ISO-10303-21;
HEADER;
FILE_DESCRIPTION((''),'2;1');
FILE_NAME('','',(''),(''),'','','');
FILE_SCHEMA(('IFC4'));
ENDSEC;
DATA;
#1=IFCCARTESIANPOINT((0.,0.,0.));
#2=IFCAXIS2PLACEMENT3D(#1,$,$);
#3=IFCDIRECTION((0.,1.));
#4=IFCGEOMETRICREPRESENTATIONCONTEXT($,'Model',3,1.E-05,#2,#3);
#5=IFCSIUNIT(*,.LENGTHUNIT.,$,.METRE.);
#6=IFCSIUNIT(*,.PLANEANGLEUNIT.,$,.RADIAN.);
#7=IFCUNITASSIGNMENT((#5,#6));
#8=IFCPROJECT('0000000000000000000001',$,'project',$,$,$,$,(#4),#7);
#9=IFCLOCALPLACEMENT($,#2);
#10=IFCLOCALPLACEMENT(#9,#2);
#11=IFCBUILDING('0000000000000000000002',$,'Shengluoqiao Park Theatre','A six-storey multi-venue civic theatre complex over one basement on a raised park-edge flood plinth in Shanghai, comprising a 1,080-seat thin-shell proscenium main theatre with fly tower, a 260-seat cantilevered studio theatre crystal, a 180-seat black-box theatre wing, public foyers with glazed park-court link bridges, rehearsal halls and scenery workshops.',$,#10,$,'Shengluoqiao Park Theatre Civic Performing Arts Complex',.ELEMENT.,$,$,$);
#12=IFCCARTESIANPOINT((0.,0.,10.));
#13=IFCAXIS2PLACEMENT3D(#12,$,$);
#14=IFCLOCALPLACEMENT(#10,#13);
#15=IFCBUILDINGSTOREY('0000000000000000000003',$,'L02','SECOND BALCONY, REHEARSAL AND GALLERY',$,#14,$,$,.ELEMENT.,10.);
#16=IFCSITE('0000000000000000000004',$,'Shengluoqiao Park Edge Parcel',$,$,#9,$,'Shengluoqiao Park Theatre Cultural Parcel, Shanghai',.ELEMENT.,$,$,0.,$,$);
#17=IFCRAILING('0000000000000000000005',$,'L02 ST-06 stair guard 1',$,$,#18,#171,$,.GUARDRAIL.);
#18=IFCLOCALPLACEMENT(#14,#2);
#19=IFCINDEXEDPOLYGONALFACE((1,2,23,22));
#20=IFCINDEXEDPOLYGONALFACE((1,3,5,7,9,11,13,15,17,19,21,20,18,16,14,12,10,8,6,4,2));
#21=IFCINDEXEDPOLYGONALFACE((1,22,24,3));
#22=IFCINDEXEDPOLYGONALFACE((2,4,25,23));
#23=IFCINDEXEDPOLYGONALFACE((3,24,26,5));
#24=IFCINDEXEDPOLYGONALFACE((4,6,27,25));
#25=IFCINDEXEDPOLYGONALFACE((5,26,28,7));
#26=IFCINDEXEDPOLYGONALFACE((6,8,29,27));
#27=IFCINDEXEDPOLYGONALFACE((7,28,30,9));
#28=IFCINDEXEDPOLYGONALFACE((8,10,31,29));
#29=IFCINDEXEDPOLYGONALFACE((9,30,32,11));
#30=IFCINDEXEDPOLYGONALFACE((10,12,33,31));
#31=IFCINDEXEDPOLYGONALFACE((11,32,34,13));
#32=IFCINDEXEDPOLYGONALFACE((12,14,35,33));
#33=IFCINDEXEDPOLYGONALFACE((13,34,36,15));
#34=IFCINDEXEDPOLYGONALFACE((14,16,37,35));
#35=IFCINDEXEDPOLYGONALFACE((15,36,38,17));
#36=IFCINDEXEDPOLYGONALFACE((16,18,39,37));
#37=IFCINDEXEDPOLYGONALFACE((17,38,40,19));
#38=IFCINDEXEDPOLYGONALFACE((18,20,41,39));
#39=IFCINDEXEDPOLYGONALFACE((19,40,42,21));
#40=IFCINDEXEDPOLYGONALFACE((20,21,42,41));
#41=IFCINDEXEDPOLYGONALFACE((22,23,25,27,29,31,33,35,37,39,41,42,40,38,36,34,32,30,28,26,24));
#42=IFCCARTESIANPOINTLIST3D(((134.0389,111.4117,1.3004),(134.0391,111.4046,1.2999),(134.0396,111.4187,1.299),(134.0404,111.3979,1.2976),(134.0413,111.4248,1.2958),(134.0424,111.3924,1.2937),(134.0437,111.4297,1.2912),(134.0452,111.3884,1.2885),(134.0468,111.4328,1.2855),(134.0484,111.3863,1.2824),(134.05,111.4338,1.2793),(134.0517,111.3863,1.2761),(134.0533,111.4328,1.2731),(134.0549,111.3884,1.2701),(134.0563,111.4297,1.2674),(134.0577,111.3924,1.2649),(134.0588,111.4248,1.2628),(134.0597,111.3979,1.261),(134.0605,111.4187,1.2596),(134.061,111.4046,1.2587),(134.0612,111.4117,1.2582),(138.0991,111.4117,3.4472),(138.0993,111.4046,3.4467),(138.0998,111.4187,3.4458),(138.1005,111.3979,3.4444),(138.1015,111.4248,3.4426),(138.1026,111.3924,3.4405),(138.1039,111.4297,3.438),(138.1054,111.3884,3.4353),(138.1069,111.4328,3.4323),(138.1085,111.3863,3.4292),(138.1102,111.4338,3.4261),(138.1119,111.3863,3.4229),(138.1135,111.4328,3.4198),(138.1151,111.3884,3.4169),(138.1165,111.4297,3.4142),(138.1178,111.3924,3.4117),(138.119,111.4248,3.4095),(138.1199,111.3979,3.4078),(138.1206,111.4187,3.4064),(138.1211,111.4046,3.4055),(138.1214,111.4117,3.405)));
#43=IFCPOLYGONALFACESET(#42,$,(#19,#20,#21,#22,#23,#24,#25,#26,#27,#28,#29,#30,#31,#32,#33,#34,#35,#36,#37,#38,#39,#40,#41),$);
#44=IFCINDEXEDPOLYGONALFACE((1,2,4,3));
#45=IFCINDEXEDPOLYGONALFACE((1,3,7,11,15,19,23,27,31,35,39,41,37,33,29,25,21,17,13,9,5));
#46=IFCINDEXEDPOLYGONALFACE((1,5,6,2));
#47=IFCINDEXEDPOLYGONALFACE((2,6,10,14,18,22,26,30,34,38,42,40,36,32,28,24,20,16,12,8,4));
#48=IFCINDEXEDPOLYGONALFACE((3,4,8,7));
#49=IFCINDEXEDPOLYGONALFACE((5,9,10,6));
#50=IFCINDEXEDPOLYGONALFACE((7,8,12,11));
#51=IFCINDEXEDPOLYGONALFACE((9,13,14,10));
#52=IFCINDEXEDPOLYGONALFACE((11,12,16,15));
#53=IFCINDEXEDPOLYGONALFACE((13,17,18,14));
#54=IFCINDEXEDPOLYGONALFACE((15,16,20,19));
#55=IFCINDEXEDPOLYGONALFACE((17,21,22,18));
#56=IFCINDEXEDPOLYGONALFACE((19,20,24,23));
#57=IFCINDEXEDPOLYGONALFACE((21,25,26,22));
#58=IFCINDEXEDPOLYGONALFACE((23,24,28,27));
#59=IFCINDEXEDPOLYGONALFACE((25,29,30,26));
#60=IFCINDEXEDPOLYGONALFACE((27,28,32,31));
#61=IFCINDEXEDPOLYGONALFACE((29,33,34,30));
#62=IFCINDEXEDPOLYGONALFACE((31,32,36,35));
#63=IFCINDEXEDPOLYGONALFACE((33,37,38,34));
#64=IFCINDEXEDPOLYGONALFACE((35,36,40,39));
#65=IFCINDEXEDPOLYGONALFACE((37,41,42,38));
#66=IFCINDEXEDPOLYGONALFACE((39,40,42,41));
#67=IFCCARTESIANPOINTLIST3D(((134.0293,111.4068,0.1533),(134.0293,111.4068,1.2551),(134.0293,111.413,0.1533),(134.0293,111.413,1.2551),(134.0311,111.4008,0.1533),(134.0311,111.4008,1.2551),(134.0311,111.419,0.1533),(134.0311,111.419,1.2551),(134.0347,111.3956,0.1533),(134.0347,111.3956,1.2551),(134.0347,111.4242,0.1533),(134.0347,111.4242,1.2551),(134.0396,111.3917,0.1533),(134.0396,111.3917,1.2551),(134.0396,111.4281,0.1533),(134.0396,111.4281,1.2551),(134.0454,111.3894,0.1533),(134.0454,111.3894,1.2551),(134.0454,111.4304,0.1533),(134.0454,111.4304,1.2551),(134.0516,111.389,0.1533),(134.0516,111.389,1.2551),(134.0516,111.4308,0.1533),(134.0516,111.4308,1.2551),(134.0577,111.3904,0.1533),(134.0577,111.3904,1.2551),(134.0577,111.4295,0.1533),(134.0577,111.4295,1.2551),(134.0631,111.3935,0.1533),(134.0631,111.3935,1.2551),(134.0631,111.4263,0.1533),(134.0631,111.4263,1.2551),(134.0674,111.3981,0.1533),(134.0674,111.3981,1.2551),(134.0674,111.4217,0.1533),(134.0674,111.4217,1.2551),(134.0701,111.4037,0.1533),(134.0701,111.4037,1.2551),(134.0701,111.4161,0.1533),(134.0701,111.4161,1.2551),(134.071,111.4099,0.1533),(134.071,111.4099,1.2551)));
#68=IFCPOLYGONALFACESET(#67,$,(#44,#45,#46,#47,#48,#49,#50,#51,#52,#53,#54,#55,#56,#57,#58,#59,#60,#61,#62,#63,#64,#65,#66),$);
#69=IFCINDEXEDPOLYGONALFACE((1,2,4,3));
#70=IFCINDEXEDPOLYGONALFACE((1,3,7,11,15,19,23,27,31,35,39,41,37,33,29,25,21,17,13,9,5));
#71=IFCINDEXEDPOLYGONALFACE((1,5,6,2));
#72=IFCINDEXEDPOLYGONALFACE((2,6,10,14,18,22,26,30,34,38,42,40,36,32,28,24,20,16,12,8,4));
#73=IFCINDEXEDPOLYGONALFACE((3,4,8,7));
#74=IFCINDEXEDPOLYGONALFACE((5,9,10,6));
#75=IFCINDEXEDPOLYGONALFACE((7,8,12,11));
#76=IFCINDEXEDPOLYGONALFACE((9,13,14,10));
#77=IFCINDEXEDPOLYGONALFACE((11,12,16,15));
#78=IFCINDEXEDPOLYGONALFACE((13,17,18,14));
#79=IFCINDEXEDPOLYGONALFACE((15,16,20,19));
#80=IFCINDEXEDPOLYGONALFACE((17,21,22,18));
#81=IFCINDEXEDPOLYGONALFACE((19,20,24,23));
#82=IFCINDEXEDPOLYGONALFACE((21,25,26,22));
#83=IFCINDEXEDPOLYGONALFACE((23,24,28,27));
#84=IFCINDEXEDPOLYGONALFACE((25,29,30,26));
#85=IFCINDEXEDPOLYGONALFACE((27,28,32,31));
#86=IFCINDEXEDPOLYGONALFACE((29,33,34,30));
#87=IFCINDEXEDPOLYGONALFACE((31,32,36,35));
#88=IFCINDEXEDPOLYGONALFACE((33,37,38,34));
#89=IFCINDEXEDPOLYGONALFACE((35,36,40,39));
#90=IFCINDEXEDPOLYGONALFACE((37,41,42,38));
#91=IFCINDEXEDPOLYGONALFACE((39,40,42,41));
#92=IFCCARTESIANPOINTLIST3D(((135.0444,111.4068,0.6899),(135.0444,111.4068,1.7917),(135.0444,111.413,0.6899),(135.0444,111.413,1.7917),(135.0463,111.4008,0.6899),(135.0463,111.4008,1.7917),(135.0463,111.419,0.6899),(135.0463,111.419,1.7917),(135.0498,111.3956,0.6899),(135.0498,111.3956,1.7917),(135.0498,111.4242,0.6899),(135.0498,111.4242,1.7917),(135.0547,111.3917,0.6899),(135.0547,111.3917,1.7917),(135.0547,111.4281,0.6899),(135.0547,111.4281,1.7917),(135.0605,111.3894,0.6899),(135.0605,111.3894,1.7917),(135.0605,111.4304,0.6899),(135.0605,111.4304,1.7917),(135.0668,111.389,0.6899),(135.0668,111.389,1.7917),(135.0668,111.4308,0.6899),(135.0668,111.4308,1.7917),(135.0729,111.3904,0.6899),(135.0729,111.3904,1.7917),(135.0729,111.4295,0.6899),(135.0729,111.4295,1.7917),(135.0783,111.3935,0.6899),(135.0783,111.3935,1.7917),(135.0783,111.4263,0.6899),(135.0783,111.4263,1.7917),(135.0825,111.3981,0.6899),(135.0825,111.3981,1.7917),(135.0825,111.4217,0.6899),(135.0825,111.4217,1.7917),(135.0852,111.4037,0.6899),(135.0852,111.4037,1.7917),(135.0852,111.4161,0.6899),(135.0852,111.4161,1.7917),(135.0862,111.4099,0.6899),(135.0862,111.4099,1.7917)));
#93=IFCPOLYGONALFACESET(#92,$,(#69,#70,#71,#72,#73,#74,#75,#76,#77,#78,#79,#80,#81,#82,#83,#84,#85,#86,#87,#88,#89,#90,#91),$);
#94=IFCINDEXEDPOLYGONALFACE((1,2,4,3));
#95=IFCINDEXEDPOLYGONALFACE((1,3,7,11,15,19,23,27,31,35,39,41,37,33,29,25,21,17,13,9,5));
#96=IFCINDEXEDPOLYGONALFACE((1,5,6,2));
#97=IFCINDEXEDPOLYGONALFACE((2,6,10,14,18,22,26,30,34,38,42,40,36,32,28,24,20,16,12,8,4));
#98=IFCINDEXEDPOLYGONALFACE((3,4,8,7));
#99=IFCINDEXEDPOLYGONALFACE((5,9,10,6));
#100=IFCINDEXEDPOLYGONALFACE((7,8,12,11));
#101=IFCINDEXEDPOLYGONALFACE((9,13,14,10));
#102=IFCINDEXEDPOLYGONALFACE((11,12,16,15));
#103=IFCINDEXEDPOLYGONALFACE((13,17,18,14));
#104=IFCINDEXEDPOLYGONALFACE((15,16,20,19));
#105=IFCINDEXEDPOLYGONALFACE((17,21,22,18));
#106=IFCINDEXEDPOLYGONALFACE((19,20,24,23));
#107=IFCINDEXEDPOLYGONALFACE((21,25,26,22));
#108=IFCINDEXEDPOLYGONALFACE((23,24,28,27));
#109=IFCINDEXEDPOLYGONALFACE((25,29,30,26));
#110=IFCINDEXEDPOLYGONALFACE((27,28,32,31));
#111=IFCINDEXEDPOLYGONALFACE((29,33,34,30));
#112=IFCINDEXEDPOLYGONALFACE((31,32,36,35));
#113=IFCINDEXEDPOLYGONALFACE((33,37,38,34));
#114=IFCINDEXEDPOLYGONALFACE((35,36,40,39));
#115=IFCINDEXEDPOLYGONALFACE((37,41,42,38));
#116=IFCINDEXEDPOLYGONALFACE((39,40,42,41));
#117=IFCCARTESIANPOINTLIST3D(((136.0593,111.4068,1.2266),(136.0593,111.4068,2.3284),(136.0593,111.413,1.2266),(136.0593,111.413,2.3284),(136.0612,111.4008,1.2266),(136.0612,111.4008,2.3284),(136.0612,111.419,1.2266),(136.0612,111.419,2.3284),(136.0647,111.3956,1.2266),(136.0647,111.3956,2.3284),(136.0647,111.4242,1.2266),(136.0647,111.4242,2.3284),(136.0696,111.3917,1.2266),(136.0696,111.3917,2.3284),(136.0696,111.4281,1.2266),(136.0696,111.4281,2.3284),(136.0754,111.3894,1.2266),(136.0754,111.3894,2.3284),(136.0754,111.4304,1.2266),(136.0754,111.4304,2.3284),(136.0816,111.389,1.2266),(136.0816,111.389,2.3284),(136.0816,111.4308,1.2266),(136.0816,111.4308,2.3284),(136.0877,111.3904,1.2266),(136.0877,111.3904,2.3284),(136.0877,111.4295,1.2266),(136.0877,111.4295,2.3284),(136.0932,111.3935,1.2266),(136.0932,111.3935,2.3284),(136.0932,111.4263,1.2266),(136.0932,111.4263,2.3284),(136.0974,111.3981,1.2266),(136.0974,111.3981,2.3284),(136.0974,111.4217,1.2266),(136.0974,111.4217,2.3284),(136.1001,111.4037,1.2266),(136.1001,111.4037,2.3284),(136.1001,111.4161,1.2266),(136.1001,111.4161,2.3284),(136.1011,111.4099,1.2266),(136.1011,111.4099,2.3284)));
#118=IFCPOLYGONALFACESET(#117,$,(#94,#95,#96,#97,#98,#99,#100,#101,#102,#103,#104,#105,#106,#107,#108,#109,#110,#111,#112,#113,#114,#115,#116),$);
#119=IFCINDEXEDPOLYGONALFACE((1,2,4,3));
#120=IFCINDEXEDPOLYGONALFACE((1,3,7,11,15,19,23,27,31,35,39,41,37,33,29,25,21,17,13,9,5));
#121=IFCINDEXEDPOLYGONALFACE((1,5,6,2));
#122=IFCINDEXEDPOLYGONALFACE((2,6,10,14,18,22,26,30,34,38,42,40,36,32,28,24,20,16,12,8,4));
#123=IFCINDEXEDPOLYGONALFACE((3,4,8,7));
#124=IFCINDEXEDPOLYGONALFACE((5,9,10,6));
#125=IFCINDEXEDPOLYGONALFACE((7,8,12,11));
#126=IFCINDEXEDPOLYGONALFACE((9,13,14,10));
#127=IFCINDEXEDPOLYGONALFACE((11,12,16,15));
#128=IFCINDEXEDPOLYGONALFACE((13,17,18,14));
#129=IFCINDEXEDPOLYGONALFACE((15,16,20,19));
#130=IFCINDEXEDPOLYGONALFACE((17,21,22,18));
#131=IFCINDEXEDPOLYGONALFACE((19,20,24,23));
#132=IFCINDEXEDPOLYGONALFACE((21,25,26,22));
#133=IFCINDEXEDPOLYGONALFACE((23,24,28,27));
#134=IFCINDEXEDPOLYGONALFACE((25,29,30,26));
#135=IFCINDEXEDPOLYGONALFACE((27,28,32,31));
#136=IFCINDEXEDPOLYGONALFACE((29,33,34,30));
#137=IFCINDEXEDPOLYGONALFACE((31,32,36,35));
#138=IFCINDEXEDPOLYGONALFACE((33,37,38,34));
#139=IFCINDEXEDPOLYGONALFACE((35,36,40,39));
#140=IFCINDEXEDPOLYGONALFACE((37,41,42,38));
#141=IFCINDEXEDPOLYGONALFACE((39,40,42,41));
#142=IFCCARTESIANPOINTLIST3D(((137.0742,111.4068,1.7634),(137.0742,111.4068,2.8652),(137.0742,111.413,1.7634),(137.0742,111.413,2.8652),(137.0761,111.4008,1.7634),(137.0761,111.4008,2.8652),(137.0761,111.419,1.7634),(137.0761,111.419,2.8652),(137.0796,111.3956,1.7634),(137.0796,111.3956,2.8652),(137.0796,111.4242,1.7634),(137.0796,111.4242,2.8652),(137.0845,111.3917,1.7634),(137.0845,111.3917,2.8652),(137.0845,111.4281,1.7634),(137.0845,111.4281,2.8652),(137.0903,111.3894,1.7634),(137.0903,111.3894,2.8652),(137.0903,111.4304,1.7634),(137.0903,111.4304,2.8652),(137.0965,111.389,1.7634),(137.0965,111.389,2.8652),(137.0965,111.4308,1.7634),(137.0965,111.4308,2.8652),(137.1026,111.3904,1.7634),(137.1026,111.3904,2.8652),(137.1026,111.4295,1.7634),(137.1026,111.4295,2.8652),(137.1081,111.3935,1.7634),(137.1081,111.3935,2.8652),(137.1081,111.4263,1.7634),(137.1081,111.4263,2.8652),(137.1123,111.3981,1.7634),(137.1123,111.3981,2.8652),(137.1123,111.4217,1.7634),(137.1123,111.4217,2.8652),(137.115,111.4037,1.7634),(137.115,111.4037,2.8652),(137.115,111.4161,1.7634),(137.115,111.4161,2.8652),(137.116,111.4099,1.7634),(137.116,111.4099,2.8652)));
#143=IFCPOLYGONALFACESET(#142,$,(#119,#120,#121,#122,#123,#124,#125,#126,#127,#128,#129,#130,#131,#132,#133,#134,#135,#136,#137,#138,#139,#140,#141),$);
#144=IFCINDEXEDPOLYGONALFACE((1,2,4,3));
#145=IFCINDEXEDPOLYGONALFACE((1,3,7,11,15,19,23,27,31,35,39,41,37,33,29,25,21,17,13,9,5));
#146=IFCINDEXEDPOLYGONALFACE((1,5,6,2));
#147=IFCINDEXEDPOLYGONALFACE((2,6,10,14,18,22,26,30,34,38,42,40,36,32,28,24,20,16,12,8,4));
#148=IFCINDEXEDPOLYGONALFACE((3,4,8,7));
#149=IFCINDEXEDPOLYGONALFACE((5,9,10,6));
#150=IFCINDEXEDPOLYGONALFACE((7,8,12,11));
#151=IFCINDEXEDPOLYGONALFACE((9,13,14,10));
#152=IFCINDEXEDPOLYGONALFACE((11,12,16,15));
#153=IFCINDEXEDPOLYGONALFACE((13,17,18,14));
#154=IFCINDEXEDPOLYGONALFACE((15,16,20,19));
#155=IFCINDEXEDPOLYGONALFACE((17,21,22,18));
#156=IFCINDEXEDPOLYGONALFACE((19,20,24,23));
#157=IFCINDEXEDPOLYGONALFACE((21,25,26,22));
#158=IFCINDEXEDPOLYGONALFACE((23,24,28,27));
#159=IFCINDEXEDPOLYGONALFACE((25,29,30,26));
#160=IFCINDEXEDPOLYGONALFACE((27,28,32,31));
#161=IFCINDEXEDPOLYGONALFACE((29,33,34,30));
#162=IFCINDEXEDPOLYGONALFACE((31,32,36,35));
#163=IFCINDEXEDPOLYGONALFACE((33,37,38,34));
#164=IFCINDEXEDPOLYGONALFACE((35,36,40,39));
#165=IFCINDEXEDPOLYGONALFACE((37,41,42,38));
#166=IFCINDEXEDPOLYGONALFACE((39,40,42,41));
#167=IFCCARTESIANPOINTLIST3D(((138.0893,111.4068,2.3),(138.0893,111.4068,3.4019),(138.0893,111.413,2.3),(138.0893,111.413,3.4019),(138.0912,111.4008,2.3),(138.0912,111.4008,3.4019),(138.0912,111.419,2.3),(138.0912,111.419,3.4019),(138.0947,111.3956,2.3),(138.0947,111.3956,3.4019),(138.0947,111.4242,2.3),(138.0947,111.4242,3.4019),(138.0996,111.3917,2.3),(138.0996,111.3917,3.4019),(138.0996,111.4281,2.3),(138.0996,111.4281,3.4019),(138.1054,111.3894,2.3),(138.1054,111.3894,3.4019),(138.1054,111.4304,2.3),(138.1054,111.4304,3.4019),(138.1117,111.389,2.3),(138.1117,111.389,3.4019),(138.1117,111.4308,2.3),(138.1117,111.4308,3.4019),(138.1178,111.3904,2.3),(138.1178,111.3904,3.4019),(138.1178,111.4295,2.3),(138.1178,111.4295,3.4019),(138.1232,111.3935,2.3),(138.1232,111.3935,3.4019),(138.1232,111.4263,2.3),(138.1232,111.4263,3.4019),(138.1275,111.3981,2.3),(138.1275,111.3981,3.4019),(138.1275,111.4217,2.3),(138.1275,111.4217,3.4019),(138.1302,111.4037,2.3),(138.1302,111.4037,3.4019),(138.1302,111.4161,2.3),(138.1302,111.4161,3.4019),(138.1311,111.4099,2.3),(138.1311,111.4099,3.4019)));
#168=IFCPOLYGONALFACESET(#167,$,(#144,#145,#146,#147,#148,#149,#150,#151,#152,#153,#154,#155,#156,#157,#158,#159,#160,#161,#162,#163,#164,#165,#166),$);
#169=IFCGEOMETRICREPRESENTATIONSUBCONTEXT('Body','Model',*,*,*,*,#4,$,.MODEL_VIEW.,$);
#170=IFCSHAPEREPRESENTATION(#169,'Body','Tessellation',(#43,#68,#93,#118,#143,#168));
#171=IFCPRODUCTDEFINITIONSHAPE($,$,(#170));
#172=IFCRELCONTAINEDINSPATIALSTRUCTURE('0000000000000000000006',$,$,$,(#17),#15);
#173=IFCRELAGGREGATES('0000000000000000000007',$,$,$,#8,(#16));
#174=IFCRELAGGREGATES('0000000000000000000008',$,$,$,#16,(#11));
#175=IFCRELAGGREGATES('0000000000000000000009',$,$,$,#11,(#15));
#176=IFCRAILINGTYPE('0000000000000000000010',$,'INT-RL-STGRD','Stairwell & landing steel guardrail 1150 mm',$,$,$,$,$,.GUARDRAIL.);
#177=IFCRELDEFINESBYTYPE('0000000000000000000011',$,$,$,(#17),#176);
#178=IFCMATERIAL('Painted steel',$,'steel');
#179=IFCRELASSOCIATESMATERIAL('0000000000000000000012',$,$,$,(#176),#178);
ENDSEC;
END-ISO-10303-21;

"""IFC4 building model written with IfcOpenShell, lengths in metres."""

from ifc_helpers import new_model, si_unit, direction, frame, origin, origin_2d, place, context, subcontext, project, spatial, circle, extrude, material, type_object, element, save


model = new_model("IFC4")

# Units and contexts
model_context = context("Model", 3, precision=1e-05, world=origin(), true_north=direction((0.0, 1.0)))
body_context = subcontext(model_context, "Body", "Model", "MODEL_VIEW")
ifc_project = project(units=[si_unit("LENGTHUNIT", "METRE"), si_unit("PLANEANGLEUNIT", "RADIAN")], contexts=[model_context])

# Site, building, storey
site_placement = place(None, origin())
site = spatial("IfcSite", under=ifc_project, at=site_placement, Name="Shengluoqiao Park Edge Parcel", LongName="Shengluoqiao Park Theatre Cultural Parcel, Shanghai", CompositionType="ELEMENT", RefElevation=0.0)
building_placement = place(site_placement, origin())
building = spatial("IfcBuilding", under=site, at=building_placement, Name="Shengluoqiao Park Theatre", Description="A six-storey multi-venue civic theatre complex over one basement on a raised park-edge flood plinth in Shanghai, comprising a 1,080-seat thin-shell proscenium main theatre with fly tower, a 260-seat cantilevered studio theatre crystal, a 180-seat black-box theatre wing, public foyers with glazed park-court link bridges, rehearsal halls and scenery workshops.", LongName="Shengluoqiao Park Theatre Civic Performing Arts Complex", CompositionType="ELEMENT")
storey_placement = place(building_placement, frame((0.0, 0.0, 10.0)))
storey = spatial("IfcBuildingStorey", under=building, at=storey_placement, Name="L02", Description="SECOND BALCONY, REHEARSAL AND GALLERY", CompositionType="ELEMENT", Elevation=10.0)

# Railing
ifc_material_1 = material(Name="Painted steel", Category="steel")
railing_type_1 = type_object("IfcRailingType", Name="INT-RL-STGRD", Description="Stairwell & landing steel guardrail 1150 mm", PredefinedType="GUARDRAIL", material=ifc_material_1)
railing_1_placement = place(storey_placement, frame((134.05, 111.4099, 0.1533)))
element("IfcRailing", 1, at=railing_1_placement, inside=storey, type_object=railing_type_1, Name="L02 ST-06 stair guard 1", PredefinedType="GUARDRAIL", context=body_context, shape_type="SweptSolid", body=[
    extrude(circle(Radius=0.0239, at=origin_2d()), frame((0.0, 0.0, 1.126), z_axis=(0.884032, 0.0, 0.467426), x_axis=(0.0, 1.0, 0.0)), (0.0, 0.0, 1.0), 4.5928),
    extrude(circle(Radius=0.021, at=origin_2d()), origin(), (0.0, 0.0, 1.0), 1.1018),
    extrude(circle(Radius=0.021, at=origin_2d()), frame((1.0151, 0.0, 0.5366)), (0.0, 0.0, 1.0), 1.1018),
    extrude(circle(Radius=0.021, at=origin_2d()), frame((2.03, 0.0, 1.0732)), (0.0, 0.0, 1.0), 1.1018),
    extrude(circle(Radius=0.021, at=origin_2d()), frame((3.0449, 0.0, 1.6101)), (0.0, 0.0, 1.0), 1.1018),
    extrude(circle(Radius=0.021, at=origin_2d()), frame((4.0601, 0.0, 2.1467)), (0.0, 0.0, 1.0), 1.1018),
])

save(model, "model.ifc")
